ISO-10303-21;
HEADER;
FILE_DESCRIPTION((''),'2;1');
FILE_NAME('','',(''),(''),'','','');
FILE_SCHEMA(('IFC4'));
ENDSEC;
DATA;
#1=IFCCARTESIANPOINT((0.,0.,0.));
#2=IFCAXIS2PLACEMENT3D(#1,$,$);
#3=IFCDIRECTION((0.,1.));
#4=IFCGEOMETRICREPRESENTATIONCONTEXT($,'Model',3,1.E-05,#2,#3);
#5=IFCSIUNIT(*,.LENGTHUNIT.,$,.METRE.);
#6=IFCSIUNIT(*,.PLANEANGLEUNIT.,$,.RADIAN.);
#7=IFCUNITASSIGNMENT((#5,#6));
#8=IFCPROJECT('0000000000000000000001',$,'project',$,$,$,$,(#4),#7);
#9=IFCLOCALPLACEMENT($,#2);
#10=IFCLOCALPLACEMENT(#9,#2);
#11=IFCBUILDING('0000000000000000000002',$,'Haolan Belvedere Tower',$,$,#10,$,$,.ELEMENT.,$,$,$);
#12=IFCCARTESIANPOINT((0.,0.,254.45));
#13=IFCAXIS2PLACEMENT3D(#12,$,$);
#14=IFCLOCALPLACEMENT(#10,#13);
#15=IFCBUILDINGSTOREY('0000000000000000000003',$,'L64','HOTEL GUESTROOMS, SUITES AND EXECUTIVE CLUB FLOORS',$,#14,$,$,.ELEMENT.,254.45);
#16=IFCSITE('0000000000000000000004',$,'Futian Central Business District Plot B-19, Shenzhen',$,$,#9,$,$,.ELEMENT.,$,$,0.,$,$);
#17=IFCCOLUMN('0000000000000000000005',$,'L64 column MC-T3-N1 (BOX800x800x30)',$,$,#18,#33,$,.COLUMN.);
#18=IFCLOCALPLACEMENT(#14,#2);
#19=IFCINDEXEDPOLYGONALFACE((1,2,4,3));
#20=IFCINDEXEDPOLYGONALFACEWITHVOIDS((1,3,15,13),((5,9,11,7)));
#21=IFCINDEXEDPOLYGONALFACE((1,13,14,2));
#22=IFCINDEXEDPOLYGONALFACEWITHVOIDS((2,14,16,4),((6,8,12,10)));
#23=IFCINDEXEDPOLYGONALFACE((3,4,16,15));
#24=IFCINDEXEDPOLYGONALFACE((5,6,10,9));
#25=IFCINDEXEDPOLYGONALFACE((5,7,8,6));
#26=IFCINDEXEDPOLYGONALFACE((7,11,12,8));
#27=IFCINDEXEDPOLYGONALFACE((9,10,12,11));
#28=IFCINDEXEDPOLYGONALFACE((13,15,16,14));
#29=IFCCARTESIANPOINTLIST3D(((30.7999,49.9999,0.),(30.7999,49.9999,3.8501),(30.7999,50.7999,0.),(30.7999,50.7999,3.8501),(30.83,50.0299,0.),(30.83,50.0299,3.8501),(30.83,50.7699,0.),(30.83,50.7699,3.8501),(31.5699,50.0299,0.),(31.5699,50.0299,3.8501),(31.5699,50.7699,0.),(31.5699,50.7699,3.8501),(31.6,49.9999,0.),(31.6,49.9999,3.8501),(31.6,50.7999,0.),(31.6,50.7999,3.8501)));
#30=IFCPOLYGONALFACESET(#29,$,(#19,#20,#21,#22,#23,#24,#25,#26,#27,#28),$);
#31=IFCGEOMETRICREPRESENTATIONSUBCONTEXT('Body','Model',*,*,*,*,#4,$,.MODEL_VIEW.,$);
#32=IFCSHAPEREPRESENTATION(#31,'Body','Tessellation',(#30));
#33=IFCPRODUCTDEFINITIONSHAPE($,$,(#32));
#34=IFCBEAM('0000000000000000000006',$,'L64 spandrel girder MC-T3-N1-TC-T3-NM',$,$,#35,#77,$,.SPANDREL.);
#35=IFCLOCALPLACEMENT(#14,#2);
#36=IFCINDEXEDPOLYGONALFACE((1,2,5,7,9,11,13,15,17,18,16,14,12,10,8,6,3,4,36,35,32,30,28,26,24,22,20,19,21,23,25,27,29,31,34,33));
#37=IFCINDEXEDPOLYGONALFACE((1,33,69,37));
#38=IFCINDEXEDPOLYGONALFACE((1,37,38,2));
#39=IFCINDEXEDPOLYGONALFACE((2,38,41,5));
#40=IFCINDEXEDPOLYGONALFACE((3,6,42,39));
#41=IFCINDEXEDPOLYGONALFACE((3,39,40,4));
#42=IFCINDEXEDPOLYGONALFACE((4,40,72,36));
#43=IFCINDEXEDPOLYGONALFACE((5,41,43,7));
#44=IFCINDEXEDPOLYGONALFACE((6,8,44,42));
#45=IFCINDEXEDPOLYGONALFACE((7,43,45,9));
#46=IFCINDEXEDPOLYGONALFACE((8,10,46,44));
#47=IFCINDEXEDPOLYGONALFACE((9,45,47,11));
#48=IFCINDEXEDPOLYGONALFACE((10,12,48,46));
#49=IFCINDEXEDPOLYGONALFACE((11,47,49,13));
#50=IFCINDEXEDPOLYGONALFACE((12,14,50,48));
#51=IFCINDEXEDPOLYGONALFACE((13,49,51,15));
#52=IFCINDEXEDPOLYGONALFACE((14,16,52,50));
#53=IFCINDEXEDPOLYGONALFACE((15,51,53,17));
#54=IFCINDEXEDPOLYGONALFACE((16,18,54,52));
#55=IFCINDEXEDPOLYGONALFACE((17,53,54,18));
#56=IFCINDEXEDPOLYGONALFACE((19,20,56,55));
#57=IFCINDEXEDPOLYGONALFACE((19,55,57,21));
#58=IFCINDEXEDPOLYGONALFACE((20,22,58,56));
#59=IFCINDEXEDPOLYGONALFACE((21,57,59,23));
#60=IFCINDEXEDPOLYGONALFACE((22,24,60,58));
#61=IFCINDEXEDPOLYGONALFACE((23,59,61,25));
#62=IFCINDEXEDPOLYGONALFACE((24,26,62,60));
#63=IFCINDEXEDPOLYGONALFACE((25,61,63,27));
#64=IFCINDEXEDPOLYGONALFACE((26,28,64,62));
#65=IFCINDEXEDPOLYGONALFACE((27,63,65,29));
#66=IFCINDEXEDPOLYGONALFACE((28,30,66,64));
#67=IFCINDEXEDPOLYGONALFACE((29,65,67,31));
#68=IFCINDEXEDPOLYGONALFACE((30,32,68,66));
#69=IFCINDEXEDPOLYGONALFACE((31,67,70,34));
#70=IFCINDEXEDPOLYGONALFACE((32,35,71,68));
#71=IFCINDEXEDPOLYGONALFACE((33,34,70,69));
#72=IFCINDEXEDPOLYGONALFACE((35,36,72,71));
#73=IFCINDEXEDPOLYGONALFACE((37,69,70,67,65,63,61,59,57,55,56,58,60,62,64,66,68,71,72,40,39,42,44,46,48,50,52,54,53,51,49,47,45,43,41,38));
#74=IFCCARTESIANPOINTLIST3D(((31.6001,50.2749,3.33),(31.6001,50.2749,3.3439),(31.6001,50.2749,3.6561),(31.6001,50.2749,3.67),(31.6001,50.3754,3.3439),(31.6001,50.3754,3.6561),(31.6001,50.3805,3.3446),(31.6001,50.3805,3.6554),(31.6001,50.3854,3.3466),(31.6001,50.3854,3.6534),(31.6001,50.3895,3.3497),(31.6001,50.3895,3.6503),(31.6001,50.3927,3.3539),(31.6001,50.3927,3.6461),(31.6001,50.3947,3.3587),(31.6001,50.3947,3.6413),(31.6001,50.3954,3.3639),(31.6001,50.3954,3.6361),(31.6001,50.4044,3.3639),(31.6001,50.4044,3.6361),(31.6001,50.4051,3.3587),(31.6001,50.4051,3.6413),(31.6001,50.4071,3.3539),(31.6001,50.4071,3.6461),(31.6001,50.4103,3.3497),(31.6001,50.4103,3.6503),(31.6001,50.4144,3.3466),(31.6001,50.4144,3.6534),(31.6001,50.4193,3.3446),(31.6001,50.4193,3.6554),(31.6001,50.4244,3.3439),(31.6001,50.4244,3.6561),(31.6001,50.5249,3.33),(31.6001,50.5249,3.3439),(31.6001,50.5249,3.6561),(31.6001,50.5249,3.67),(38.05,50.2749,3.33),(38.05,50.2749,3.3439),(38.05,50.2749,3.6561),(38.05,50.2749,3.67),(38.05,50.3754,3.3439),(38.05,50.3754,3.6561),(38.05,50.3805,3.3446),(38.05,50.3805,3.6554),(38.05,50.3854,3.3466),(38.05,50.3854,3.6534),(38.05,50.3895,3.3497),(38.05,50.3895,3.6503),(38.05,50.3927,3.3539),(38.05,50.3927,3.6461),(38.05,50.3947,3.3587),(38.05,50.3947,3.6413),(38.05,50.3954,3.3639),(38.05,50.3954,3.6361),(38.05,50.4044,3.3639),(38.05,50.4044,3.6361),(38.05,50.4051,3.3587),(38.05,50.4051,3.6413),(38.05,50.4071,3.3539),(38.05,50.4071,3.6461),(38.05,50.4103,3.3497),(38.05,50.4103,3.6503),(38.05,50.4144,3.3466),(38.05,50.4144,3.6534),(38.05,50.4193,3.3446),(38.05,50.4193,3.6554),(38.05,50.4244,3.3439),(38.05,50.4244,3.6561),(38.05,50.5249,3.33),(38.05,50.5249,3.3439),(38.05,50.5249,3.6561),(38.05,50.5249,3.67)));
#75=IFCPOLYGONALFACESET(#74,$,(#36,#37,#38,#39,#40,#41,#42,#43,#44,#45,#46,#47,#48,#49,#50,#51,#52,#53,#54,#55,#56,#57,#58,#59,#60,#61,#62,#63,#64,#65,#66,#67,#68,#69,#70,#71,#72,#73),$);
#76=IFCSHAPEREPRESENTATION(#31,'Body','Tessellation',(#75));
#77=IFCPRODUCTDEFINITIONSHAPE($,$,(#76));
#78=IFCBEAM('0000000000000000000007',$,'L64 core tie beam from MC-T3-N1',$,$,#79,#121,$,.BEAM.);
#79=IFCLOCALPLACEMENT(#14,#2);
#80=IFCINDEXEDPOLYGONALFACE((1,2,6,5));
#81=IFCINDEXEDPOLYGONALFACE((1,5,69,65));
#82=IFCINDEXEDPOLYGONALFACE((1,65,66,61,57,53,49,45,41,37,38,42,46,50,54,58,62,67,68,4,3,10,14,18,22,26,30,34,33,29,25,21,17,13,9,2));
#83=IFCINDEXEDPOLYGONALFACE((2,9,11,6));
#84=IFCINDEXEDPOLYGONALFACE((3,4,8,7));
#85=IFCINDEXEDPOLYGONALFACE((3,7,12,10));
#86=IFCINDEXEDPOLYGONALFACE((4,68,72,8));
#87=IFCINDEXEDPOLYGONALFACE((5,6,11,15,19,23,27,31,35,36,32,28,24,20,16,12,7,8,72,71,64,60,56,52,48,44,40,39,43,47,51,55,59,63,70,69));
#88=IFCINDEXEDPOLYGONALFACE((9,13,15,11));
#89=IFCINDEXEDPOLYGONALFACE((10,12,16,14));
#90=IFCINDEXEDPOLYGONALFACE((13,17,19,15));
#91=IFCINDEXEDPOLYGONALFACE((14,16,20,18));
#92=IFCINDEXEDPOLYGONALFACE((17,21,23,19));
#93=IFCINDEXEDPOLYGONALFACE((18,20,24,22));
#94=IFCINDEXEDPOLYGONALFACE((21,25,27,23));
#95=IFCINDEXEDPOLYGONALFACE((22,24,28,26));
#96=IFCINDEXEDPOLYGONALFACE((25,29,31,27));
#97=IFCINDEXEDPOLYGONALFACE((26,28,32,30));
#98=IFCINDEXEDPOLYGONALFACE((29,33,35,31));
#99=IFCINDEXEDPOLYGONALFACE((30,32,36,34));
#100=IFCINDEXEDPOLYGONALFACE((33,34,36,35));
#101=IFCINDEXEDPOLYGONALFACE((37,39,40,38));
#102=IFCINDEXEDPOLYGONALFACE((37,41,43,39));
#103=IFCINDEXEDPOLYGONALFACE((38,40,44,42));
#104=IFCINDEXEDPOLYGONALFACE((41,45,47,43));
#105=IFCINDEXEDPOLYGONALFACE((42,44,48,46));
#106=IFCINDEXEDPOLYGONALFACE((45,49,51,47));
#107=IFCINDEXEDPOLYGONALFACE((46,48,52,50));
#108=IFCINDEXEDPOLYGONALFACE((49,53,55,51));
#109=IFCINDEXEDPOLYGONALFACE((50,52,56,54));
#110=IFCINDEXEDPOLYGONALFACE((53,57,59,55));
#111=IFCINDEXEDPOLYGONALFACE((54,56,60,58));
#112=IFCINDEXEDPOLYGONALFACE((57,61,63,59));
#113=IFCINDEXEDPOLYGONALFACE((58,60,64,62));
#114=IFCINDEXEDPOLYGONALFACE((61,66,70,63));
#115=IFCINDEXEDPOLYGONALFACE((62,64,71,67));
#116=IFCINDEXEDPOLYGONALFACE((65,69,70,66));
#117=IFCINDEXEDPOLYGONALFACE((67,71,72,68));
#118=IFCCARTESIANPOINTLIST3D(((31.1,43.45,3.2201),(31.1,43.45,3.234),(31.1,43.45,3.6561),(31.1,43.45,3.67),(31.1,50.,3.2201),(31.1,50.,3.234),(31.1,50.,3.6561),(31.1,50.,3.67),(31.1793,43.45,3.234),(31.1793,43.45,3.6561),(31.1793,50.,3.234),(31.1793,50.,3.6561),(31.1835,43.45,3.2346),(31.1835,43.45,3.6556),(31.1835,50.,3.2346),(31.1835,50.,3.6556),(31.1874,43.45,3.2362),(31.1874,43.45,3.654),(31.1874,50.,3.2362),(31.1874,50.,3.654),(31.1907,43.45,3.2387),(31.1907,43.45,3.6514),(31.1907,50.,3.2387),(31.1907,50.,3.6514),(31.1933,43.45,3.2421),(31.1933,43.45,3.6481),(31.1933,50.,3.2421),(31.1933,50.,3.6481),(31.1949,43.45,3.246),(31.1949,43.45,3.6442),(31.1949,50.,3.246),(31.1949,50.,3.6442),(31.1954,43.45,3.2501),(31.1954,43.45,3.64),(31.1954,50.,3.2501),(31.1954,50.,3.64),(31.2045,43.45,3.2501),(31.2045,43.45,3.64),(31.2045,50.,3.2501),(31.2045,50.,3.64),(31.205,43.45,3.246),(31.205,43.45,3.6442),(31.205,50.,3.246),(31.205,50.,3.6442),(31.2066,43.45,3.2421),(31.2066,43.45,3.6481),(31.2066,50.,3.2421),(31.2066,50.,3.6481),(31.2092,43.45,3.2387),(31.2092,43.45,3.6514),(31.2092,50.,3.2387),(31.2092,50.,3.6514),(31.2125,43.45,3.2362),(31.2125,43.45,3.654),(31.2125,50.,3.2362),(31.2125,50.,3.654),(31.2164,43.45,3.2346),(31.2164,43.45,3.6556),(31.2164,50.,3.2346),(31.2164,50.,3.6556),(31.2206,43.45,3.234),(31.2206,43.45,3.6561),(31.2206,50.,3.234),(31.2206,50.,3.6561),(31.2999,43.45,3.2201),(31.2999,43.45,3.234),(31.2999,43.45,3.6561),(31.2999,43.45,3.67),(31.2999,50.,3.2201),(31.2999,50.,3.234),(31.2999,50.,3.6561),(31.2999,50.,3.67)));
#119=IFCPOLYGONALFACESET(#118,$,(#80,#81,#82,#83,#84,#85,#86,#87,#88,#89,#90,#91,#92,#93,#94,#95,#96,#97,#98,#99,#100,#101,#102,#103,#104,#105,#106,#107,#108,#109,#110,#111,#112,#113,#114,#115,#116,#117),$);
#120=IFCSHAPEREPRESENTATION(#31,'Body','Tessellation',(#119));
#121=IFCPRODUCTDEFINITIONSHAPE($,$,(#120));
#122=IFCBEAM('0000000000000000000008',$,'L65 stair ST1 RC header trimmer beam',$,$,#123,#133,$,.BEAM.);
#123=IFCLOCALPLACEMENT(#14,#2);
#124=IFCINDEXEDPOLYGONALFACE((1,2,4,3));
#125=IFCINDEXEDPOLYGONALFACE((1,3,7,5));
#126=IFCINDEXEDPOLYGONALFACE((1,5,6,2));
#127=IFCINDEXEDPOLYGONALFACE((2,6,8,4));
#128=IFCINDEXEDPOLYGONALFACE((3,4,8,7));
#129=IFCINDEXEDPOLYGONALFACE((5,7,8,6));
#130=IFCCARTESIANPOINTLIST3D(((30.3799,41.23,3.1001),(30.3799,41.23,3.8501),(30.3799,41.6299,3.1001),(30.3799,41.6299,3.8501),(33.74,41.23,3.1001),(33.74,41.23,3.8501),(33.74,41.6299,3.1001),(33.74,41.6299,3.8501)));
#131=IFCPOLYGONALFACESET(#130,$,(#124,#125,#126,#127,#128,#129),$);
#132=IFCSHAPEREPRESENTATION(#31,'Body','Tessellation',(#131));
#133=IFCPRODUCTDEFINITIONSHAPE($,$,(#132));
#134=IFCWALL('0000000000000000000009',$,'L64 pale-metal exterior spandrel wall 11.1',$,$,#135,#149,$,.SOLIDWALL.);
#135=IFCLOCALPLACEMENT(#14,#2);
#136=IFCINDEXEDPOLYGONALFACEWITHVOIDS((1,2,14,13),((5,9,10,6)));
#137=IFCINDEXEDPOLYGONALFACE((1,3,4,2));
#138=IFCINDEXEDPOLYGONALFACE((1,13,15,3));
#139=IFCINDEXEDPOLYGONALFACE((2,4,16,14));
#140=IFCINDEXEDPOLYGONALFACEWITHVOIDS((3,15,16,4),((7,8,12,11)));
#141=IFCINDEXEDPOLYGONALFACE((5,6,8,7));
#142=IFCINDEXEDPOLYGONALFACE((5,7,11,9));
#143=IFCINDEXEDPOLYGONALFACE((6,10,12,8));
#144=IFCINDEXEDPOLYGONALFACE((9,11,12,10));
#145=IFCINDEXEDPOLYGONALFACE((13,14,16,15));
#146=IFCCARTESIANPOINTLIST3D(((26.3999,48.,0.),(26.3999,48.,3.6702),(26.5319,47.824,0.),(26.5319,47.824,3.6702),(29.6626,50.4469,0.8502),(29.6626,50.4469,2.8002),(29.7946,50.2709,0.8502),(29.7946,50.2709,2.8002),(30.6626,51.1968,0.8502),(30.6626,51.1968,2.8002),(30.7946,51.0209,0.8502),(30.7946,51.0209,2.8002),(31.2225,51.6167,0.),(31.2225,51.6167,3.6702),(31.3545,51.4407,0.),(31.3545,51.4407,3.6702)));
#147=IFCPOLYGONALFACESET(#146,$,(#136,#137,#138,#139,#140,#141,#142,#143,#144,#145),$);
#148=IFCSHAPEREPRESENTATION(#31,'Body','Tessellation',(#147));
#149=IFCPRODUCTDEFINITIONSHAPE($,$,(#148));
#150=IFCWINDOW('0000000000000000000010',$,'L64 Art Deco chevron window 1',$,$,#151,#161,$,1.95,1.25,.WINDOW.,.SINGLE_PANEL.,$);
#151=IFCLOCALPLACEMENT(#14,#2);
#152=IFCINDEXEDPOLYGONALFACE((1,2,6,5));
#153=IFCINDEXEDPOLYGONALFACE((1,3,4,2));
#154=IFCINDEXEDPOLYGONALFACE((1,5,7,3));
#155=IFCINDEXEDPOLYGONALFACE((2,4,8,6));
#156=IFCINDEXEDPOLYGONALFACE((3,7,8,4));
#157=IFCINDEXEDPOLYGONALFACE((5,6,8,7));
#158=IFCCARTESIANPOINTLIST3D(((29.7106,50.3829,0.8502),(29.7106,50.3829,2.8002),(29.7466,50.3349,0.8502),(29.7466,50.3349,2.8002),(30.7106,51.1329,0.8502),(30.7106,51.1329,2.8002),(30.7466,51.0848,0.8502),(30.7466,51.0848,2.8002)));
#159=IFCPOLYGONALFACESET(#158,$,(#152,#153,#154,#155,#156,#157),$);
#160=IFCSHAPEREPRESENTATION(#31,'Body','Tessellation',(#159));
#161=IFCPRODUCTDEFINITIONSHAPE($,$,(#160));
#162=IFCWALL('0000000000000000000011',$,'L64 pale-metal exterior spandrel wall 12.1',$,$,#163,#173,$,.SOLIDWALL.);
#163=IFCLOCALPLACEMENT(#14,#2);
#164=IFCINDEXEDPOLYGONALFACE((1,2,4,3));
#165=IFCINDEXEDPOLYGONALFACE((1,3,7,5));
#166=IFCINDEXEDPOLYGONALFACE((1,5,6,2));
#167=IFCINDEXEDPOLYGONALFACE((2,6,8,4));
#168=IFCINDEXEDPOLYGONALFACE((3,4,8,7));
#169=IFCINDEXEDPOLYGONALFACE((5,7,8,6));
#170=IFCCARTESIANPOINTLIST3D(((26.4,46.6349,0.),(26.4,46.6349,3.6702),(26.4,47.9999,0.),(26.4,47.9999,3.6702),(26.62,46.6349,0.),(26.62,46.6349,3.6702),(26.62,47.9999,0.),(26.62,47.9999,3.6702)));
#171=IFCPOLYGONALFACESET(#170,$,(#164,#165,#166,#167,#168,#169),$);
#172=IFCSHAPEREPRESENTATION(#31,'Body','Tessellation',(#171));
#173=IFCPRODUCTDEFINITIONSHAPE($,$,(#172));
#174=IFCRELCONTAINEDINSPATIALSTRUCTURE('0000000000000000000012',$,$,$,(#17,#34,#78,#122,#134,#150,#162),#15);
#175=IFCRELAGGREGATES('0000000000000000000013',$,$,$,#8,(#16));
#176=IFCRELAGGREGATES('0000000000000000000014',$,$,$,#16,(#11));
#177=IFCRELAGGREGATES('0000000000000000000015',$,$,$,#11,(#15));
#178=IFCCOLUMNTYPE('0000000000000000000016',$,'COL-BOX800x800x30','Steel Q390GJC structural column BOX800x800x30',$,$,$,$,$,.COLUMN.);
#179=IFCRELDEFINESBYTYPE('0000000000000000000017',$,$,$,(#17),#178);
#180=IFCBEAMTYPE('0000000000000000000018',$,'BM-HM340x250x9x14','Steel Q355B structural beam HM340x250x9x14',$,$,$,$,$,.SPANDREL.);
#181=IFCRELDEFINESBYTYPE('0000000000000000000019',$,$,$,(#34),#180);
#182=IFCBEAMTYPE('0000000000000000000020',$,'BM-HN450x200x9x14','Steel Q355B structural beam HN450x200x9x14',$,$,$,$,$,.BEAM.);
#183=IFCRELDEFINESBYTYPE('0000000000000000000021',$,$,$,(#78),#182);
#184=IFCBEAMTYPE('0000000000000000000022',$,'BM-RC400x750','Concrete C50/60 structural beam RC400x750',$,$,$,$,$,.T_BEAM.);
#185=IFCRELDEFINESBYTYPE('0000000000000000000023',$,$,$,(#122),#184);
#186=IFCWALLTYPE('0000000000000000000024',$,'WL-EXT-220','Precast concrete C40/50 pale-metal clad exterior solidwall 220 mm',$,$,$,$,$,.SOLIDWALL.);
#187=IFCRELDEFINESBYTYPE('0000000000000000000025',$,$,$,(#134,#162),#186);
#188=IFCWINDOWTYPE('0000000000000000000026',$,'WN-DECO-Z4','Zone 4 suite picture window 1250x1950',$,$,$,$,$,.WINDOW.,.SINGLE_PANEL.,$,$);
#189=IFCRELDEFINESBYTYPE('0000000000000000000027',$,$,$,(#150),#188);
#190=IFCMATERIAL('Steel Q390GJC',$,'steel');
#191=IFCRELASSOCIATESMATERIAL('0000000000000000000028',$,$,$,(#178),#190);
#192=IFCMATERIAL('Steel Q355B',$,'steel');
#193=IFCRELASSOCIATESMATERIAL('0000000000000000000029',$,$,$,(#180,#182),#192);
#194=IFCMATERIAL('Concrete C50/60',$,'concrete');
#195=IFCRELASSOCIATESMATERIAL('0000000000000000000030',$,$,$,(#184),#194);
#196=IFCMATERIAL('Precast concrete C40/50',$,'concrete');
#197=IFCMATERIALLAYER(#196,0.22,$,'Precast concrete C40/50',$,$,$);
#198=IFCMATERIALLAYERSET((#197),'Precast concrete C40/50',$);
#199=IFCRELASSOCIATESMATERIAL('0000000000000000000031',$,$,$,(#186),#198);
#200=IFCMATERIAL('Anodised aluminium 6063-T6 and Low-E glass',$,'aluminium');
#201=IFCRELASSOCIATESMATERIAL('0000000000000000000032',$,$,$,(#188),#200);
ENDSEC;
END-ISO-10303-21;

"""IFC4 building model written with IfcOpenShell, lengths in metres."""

from ifc_helpers import new_model, si_unit, direction, frame, frame_2d, origin, origin_2d, place, context, subcontext, project, spatial, rectangle, hollow_rectangle, i_section, extrude, material, layer, layer_set, material_profile, profile_set, type_object, element, fill, save


model = new_model("IFC4")

# Units and contexts
model_context = context("Model", 3, precision=1e-05, world=origin(), true_north=direction((0.0, 1.0)))
body_context = subcontext(model_context, "Body", "Model", "MODEL_VIEW")
ifc_project = project(units=[si_unit("LENGTHUNIT", "METRE"), si_unit("PLANEANGLEUNIT", "RADIAN")], contexts=[model_context])

# Site, building, storey
site_placement = place(None, origin())
site = spatial("IfcSite", under=ifc_project, at=site_placement, Name="Futian Central Business District Plot B-19, Shenzhen", CompositionType="ELEMENT", RefElevation=0.0)
building_placement = place(site_placement, origin())
building = spatial("IfcBuilding", under=site, at=building_placement, Name="Haolan Belvedere Tower", CompositionType="ELEMENT")
storey_placement = place(building_placement, frame((0.0, 0.0, 254.45)))
storey = spatial("IfcBuildingStorey", under=building, at=storey_placement, Name="L64", Description="HOTEL GUESTROOMS, SUITES AND EXECUTIVE CLUB FLOORS", CompositionType="ELEMENT", Elevation=254.45)

# Column
ifc_material_1 = material(Name="Steel Q390GJC", Category="steel")
ifc_material_profile_1 = material_profile(ifc_material_1, hollow_rectangle(XDim=0.8, YDim=0.8, WallThickness=0.03, at=origin_2d()), Name="Steel Q390GJC")
ifc_profile_set_1 = profile_set([ifc_material_profile_1], Name="Steel Q390GJC")
column_type = type_object("IfcColumnType", Name="COL-BOX800x800x30", Description="Steel Q390GJC structural column BOX800x800x30", PredefinedType="COLUMN", material=ifc_profile_set_1)
column_placement = place(storey_placement, frame((31.2, 50.3999, 0.0), z_axis=(0.0, 0.0, 1.0), x_axis=(1.0, 0.0, 0.0)))
element("IfcColumn", 1, at=column_placement, inside=storey, type_object=column_type, Name="L64 column MC-T3-N1 (BOX800x800x30)", PredefinedType="COLUMN", context=body_context, shape_type="SweptSolid", body=[
    extrude(hollow_rectangle(XDim=0.8, YDim=0.8, WallThickness=0.03, at=origin_2d()), origin(), (0.0, 0.0, 1.0), 3.8501),
])

# Beams
ifc_material_2 = material(Name="Steel Q355B", Category="steel")
ifc_material_profile_2 = material_profile(ifc_material_2, i_section(OverallWidth=0.25, OverallDepth=0.3401, WebThickness=0.009, FlangeThickness=0.0139, FilletRadius=0.02, at=origin_2d()), Name="Steel Q355B")
ifc_profile_set_2 = profile_set([ifc_material_profile_2], Name="Steel Q355B")
beam_type_1 = type_object("IfcBeamType", Name="BM-HM340x250x9x14", Description="Steel Q355B structural beam HM340x250x9x14", PredefinedType="SPANDREL", material=ifc_profile_set_2)
beam_1_placement = place(storey_placement, frame((31.6001, 50.3999, 3.5), z_axis=(1.0, 0.0, 0.0), x_axis=(0.0, 1.0, 0.0)))
element("IfcBeam", 2, at=beam_1_placement, inside=storey, type_object=beam_type_1, Name="L64 spandrel girder MC-T3-N1-TC-T3-NM", PredefinedType="SPANDREL", context=body_context, shape_type="SweptSolid", body=[
    extrude(i_section(OverallWidth=0.25, OverallDepth=0.3401, WebThickness=0.009, FlangeThickness=0.0139, FilletRadius=0.02, at=origin_2d()), origin(), (0.0, 0.0, 1.0), 6.45),
])
ifc_material_profile_3 = material_profile(ifc_material_2, i_section(OverallWidth=0.2, OverallDepth=0.45, WebThickness=0.009, FlangeThickness=0.0139, FilletRadius=0.0161, at=origin_2d()), Name="Steel Q355B")
ifc_profile_set_3 = profile_set([ifc_material_profile_3], Name="Steel Q355B")
beam_type_2 = type_object("IfcBeamType", Name="BM-HN450x200x9x14", Description="Steel Q355B structural beam HN450x200x9x14", PredefinedType="BEAM", material=ifc_profile_set_3)
beam_2_placement = place(storey_placement, frame((31.2, 50.0, 3.4451), z_axis=(0.0, -1.0, 0.0), x_axis=(1.0, 0.0, 0.0)))
element("IfcBeam", 3, at=beam_2_placement, inside=storey, type_object=beam_type_2, Name="L64 core tie beam from MC-T3-N1", PredefinedType="BEAM", context=body_context, shape_type="SweptSolid", body=[
    extrude(i_section(OverallWidth=0.2, OverallDepth=0.45, WebThickness=0.009, FlangeThickness=0.0139, FilletRadius=0.0161, at=origin_2d()), origin(), (0.0, 0.0, 1.0), 6.55),
])
ifc_material_3 = material(Name="Concrete C50/60", Category="concrete")
ifc_material_profile_4 = material_profile(ifc_material_3, rectangle(XDim=0.3999, YDim=0.75, at=origin_2d()), Name="Concrete C50/60")
ifc_profile_set_4 = profile_set([ifc_material_profile_4], Name="Concrete C50/60")
beam_type_3 = type_object("IfcBeamType", Name="BM-RC400x750", Description="Concrete C50/60 structural beam RC400x750", PredefinedType="T_BEAM", material=ifc_profile_set_4)
beam_3_placement = place(storey_placement, frame((30.3799, 41.4299, 3.4751), z_axis=(1.0, 0.0, 0.0), x_axis=(0.0, 1.0, 0.0)))
element("IfcBeam", 4, at=beam_3_placement, inside=storey, type_object=beam_type_3, Name="L65 stair ST1 RC header trimmer beam", PredefinedType="BEAM", context=body_context, shape_type="SweptSolid", body=[
    extrude(rectangle(XDim=0.3999, YDim=0.75, at=origin_2d()), origin(), (0.0, 0.0, 1.0), 3.3601),
])

# Wall, opening, window
ifc_material_4 = material(Name="Precast concrete C40/50", Category="concrete")
ifc_layer_1 = layer(ifc_material_4, 0.22, Name="Precast concrete C40/50")
ifc_layer_set_1 = layer_set([ifc_layer_1], Name="Precast concrete C40/50")
wall_type_1 = type_object("IfcWallType", Name="WL-EXT-220", Description="Precast concrete C40/50 pale-metal clad exterior solidwall 220 mm", PredefinedType="SOLIDWALL", material=ifc_layer_set_1)
wall_1_placement = place(storey_placement, frame((31.2886, 51.5288, 0.0), z_axis=(0.0, 0.0, 1.0), x_axis=(-0.800015, -0.599981, 0.0)))
wall_1 = element("IfcWall", 5, at=wall_1_placement, inside=storey, type_object=wall_type_1, Name="L64 pale-metal exterior spandrel wall 11.1", PredefinedType="SOLIDWALL", context=body_context, shape_type="SweptSolid", body=[
    extrude(rectangle(XDim=6.0281, YDim=0.22, at=frame_2d((3.0142, 0.0))), origin(), (0.0, 0.0, 1.0), 3.6702),
])
opening_1_placement = place(wall_1_placement, frame((0.7, 0.0, 0.8501)))
opening_1 = element("IfcOpeningElement", 6, at=opening_1_placement, cuts=wall_1, PredefinedType="OPENING", context=body_context, shape_type="SweptSolid", body=[
    extrude(rectangle(XDim=1.25, YDim=1.95, at=frame_2d((0.625, 0.9751))), frame((0.0, 0.1199, 0.0), z_axis=(0.0, -1.0, 0.0), x_axis=(1.0, 0.0, 0.0)), (0.0, 0.0, 1.0), 0.24),
])
ifc_material_5 = material(Name="Anodised aluminium 6063-T6 and Low-E glass", Category="aluminium")
window_type = type_object("IfcWindowType", Name="WN-DECO-Z4", Description="Zone 4 suite picture window 1250x1950", PartitioningType="SINGLE_PANEL", PredefinedType="WINDOW", material=ifc_material_5)
window_placement = place(opening_1_placement, origin())
window = element("IfcWindow", 7, at=window_placement, inside=storey, type_object=window_type, Name="L64 Art Deco chevron window 1", OverallHeight=1.95, OverallWidth=1.25, PartitioningType="SINGLE_PANEL", PredefinedType="WINDOW", context=body_context, shape_type="SweptSolid", body=[
    extrude(rectangle(XDim=1.25, YDim=1.95, at=frame_2d((0.625, 0.9751))), frame((0.0, 0.03, 0.0), z_axis=(0.0, -1.0, 0.0), x_axis=(1.0, 0.0, 0.0)), (0.0, 0.0, 1.0), 0.0601),
])
fill(opening_1, window)

# Wall
wall_2_placement = place(storey_placement, frame((26.51, 48.0, 0.0), z_axis=(0.0, 0.0, 1.0), x_axis=(0.0, -1.0, 0.0)))
element("IfcWall", 8, at=wall_2_placement, inside=storey, type_object=wall_type_1, Name="L64 pale-metal exterior spandrel wall 12.1", PredefinedType="SOLIDWALL", context=body_context, shape_type="SweptSolid", body=[
    extrude(rectangle(XDim=1.365, YDim=0.22, at=frame_2d((0.6826, 0.0))), origin(), (0.0, 0.0, 1.0), 3.6702),
])

save(model, "model.ifc")
